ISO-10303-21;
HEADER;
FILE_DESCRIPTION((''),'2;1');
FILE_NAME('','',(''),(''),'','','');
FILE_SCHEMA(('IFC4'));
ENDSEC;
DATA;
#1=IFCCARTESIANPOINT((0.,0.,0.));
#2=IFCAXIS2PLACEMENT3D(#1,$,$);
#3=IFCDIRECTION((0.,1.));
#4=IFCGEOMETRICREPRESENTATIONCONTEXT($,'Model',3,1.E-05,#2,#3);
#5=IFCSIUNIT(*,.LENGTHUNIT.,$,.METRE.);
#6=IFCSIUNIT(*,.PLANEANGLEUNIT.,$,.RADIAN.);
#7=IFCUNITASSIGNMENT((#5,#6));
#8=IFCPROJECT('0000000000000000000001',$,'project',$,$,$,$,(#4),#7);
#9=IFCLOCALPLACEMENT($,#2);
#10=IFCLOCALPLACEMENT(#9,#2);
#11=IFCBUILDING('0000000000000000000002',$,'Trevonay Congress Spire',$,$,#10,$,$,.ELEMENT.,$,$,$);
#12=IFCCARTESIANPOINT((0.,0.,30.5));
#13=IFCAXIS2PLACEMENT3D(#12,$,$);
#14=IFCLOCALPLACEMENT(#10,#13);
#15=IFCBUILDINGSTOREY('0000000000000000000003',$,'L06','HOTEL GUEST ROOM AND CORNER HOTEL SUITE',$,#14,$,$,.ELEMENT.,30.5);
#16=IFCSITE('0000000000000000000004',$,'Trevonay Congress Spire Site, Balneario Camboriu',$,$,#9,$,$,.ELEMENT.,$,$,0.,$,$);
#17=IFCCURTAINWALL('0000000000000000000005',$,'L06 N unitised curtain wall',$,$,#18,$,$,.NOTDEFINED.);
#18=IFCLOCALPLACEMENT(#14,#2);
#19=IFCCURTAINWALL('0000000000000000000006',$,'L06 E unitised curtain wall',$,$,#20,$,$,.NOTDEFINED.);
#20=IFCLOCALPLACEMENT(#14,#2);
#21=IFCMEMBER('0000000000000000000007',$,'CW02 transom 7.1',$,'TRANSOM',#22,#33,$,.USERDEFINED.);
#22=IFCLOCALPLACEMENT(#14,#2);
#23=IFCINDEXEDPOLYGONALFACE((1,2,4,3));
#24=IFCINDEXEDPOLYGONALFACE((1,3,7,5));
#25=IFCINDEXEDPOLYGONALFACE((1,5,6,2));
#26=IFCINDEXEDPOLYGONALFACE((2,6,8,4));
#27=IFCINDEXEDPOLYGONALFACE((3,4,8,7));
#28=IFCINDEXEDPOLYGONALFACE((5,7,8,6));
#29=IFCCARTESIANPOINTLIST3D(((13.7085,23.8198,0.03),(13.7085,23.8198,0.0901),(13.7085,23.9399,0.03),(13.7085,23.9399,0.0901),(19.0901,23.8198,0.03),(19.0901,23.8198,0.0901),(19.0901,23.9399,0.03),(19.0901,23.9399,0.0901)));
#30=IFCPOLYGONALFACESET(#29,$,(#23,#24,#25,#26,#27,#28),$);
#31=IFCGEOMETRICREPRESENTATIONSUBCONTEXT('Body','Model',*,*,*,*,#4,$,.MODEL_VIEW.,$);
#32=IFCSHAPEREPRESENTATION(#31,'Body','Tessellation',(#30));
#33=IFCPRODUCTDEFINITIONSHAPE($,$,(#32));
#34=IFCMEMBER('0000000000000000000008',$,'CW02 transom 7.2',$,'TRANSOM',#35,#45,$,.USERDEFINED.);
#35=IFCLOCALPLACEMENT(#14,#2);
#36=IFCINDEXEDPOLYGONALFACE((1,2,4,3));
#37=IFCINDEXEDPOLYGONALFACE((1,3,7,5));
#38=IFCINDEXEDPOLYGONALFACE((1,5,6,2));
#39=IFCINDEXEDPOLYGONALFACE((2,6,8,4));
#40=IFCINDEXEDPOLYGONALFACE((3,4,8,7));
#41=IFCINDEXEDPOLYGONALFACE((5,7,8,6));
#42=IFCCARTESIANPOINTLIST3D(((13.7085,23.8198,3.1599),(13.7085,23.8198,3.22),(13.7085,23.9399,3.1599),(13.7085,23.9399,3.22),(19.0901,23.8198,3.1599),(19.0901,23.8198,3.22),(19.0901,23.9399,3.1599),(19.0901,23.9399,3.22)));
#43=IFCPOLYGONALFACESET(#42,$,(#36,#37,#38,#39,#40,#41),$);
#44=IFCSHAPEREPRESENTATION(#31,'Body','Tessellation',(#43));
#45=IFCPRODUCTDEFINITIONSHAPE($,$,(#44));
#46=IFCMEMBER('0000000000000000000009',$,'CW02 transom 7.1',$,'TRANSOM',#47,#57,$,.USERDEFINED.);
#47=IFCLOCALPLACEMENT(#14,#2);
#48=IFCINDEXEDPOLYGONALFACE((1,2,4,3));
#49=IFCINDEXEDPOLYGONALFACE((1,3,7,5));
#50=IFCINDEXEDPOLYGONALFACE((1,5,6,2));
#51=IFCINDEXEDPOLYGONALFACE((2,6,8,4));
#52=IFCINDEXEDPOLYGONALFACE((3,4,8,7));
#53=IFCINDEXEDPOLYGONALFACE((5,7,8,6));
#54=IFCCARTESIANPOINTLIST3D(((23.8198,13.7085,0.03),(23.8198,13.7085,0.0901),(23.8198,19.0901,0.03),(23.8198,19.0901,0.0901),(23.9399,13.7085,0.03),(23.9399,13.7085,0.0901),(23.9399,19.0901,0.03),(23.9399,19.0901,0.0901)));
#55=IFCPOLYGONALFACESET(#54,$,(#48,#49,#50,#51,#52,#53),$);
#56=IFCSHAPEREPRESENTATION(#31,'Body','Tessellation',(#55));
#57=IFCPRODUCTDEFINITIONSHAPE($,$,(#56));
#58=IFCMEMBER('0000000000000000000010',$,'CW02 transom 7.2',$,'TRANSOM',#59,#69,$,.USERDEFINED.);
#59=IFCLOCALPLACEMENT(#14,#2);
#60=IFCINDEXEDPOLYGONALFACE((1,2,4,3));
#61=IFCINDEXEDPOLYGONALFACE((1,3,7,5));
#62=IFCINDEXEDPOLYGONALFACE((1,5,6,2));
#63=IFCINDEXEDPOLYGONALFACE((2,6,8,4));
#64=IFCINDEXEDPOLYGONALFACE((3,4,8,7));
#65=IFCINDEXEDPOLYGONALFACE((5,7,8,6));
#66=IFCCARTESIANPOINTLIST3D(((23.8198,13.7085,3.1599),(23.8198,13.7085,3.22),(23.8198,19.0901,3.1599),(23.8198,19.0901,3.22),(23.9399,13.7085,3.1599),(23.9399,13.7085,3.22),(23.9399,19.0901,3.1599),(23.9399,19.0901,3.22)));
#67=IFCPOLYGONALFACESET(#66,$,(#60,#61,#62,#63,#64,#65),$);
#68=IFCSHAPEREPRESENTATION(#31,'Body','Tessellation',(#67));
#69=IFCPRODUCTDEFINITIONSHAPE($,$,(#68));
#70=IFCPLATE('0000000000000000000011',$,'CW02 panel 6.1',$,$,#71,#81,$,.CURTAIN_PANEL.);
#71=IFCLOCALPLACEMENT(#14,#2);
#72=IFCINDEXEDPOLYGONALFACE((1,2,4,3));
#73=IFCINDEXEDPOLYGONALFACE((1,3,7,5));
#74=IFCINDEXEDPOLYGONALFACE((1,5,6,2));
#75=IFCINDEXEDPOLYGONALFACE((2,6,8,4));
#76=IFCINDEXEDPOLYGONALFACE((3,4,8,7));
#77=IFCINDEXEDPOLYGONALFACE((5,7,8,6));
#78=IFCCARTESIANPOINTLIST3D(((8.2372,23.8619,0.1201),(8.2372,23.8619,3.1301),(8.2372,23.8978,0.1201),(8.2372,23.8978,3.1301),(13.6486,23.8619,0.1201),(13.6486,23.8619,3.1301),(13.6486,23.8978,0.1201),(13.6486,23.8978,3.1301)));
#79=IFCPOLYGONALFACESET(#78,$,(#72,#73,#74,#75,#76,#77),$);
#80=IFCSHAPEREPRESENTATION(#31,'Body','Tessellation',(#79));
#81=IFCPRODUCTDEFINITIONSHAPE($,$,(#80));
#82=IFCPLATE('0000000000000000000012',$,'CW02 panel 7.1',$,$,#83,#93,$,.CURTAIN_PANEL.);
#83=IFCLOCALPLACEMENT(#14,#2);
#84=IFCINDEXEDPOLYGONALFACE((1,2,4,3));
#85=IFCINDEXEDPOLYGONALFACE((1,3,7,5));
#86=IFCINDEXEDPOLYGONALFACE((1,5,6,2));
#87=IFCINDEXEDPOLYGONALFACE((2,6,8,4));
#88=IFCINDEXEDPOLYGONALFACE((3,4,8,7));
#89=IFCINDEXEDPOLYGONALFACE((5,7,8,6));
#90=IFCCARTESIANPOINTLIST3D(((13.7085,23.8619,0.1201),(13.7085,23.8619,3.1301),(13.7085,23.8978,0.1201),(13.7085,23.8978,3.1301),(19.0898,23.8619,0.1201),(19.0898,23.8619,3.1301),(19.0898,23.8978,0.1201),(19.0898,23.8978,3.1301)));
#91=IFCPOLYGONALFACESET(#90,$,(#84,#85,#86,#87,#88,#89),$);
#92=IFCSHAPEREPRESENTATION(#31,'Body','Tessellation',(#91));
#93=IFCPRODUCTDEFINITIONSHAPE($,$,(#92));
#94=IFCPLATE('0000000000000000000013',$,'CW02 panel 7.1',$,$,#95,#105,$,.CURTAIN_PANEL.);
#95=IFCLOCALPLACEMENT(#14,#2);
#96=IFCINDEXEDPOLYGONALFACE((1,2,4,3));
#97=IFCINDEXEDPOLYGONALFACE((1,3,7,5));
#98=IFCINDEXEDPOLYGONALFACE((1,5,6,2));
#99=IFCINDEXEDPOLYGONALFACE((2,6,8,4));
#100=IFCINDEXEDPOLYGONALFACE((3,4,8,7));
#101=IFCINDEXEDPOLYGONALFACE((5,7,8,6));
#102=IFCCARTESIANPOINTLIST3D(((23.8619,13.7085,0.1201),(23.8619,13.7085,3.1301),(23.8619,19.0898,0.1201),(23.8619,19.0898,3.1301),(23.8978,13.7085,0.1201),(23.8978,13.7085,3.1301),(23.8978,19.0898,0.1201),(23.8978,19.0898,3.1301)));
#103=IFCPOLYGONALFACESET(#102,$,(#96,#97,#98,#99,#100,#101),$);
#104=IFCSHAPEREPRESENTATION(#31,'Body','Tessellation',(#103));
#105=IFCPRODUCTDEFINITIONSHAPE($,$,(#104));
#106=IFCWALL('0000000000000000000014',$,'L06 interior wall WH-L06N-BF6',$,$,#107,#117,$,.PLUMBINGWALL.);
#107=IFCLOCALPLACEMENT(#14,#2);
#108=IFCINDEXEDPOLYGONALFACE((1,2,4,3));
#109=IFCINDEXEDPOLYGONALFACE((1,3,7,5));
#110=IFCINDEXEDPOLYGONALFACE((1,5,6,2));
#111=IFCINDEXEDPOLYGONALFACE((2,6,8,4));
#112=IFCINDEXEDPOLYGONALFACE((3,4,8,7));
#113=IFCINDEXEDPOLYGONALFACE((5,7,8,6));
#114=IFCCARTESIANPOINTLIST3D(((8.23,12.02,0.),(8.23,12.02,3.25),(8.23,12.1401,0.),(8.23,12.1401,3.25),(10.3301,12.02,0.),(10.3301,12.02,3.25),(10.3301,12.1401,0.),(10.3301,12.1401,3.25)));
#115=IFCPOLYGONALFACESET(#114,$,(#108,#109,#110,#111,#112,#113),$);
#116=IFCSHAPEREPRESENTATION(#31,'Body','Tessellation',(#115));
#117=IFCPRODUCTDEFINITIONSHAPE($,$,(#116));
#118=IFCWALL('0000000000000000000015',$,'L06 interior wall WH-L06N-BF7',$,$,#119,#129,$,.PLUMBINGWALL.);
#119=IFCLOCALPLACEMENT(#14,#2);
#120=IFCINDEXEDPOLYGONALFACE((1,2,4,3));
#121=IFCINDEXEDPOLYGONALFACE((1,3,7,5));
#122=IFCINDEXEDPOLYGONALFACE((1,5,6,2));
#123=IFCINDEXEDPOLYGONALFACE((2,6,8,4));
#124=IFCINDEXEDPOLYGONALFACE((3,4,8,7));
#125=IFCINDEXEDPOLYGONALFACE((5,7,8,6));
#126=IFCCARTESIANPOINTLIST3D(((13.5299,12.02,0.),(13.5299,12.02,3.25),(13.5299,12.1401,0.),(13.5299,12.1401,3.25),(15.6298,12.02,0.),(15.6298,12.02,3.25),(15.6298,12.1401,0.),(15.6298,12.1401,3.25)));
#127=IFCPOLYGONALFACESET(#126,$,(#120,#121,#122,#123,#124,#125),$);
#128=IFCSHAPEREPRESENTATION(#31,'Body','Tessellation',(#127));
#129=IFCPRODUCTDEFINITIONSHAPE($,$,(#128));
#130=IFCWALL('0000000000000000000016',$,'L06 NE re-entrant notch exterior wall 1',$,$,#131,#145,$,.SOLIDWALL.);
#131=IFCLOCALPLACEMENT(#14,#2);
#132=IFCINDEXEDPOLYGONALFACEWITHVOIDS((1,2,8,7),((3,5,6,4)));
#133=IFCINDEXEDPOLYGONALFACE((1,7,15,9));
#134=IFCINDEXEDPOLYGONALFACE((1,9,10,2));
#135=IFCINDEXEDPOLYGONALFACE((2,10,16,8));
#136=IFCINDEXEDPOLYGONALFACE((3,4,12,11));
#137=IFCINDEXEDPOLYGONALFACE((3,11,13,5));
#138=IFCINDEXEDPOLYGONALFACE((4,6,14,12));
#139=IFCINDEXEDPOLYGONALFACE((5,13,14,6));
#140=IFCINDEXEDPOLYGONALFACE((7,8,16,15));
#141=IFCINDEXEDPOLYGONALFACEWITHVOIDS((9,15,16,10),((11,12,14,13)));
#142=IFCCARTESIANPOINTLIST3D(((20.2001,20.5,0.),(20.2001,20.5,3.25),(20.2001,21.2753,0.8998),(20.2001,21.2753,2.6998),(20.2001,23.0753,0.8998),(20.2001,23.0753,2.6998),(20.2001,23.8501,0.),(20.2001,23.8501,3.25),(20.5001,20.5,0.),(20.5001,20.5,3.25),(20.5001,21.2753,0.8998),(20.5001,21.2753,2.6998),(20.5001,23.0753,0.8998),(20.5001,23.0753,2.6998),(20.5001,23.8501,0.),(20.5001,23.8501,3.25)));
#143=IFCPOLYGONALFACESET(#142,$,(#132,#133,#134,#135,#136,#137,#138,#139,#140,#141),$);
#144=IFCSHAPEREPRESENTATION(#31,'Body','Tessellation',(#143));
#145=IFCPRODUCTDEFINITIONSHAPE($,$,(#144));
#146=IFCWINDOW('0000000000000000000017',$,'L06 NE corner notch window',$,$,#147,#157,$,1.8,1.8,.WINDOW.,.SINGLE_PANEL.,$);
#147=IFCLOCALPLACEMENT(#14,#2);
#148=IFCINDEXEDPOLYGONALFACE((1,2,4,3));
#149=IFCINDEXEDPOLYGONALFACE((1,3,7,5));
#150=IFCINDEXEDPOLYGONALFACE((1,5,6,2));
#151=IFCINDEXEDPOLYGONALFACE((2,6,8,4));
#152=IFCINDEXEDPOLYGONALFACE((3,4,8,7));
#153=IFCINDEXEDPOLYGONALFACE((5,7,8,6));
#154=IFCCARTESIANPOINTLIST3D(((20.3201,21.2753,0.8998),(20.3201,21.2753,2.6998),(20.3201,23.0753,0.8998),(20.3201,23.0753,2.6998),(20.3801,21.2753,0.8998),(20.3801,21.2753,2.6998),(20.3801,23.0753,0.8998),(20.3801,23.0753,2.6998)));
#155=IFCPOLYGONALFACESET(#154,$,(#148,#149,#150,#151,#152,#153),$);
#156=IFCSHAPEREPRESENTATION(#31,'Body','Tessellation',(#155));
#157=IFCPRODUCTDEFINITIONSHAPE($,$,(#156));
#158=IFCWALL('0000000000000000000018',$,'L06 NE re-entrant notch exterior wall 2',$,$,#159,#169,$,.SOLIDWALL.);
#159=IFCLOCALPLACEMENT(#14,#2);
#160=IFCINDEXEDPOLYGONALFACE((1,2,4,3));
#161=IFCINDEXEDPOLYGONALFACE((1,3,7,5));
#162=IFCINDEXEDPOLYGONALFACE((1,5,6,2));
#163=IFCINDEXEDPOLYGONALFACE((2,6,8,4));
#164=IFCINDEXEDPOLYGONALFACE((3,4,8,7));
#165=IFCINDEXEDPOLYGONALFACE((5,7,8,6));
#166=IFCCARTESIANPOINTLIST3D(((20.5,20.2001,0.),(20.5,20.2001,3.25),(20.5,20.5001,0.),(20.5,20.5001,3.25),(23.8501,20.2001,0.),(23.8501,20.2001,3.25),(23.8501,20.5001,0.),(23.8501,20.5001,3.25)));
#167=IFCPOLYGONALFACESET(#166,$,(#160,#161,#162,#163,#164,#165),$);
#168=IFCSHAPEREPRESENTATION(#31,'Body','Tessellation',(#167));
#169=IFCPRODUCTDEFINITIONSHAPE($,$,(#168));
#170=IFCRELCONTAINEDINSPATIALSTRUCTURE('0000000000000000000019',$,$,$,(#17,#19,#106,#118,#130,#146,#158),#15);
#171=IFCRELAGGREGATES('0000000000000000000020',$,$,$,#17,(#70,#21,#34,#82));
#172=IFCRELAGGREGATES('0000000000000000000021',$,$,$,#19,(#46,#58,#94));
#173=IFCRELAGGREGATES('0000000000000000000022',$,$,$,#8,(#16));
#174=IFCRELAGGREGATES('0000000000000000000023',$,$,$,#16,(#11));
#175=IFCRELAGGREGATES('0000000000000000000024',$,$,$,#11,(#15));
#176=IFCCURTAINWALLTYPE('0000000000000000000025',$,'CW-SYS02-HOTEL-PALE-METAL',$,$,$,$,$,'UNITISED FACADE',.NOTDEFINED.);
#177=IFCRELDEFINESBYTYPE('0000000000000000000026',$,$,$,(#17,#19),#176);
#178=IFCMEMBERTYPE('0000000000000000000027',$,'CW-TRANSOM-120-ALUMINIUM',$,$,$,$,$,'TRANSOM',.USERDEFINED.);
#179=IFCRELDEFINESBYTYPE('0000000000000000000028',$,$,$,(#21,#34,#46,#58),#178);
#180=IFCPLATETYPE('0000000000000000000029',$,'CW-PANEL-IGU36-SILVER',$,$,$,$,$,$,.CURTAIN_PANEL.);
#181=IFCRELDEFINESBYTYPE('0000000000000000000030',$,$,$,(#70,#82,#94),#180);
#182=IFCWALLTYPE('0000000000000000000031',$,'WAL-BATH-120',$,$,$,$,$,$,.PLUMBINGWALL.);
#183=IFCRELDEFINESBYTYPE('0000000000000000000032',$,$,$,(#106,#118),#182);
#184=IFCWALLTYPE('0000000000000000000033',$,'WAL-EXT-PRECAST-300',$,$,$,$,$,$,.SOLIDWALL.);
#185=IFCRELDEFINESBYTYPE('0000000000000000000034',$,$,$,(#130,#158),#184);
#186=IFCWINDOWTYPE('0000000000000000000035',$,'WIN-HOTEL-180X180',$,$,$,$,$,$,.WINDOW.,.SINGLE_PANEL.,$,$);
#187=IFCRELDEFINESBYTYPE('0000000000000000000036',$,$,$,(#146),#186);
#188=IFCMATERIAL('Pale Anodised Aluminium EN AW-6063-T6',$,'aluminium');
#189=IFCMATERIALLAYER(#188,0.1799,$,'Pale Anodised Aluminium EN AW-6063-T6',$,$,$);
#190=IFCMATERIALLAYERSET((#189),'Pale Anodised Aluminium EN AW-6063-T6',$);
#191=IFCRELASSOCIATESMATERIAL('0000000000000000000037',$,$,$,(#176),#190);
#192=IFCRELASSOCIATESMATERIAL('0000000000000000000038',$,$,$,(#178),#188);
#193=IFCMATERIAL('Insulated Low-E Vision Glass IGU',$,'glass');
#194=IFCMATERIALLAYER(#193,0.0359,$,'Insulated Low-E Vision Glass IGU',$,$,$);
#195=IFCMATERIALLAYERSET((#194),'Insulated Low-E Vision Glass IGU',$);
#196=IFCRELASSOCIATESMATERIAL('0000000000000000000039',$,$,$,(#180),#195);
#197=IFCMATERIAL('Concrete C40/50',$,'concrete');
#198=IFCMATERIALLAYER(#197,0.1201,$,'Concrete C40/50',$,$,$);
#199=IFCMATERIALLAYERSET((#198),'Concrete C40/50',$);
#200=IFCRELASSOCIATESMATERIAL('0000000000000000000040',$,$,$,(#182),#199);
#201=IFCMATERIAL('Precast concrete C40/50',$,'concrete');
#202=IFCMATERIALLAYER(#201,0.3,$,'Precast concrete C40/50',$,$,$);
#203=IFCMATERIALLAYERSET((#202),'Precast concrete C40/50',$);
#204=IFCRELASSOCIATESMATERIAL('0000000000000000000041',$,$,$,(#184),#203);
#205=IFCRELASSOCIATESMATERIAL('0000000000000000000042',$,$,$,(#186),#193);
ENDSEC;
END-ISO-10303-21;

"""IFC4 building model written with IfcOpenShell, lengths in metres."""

from ifc_helpers import new_model, si_unit, direction, frame, frame_2d, origin, origin_2d, place, context, subcontext, project, spatial, rectangle, extrude, material, layer, layer_set, material_profile, profile_set, type_object, element, fill, aggregate, save


model = new_model("IFC4")

# Units and contexts
model_context = context("Model", 3, precision=1e-05, world=origin(), true_north=direction((0.0, 1.0)))
body_context = subcontext(model_context, "Body", "Model", "MODEL_VIEW")
ifc_project = project(units=[si_unit("LENGTHUNIT", "METRE"), si_unit("PLANEANGLEUNIT", "RADIAN")], contexts=[model_context])

# Site, building, storey
site_placement = place(None, origin())
site = spatial("IfcSite", under=ifc_project, at=site_placement, Name="Trevonay Congress Spire Site, Balneario Camboriu", CompositionType="ELEMENT", RefElevation=0.0)
building_placement = place(site_placement, origin())
building = spatial("IfcBuilding", under=site, at=building_placement, Name="Trevonay Congress Spire", CompositionType="ELEMENT")
storey_placement = place(building_placement, frame((0.0, 0.0, 30.5)))
storey = spatial("IfcBuildingStorey", under=building, at=storey_placement, Name="L06", Description="HOTEL GUEST ROOM AND CORNER HOTEL SUITE", CompositionType="ELEMENT", Elevation=30.5)

# Curtain walls
ifc_material_1 = material(Name="Pale Anodised Aluminium EN AW-6063-T6", Category="aluminium")
ifc_layer_1 = layer(ifc_material_1, 0.1799, Name="Pale Anodised Aluminium EN AW-6063-T6")
ifc_layer_set_1 = layer_set([ifc_layer_1], Name="Pale Anodised Aluminium EN AW-6063-T6")
curtain_wall_type = type_object("IfcCurtainWallType", Name="CW-SYS02-HOTEL-PALE-METAL", ElementType="UNITISED FACADE", PredefinedType="NOTDEFINED", material=ifc_layer_set_1)
curtain_wall_1_placement = place(storey_placement, origin())
curtain_wall_1 = element("IfcCurtainWall", 1, at=curtain_wall_1_placement, inside=storey, type_object=curtain_wall_type, Name="L06 N unitised curtain wall", PredefinedType="NOTDEFINED")
curtain_wall_2_placement = place(storey_placement, origin())
curtain_wall_2 = element("IfcCurtainWall", 2, at=curtain_wall_2_placement, inside=storey, type_object=curtain_wall_type, Name="L06 E unitised curtain wall", PredefinedType="NOTDEFINED")

# Members
ifc_material_profile_1 = material_profile(ifc_material_1, rectangle(XDim=0.1201, YDim=0.0601, at=origin_2d()), Name="CW-TRANSOM-120-ALUMINIUM")
ifc_profile_set_1 = profile_set([ifc_material_profile_1], Name="Pale Anodised Aluminium EN AW-6063-T6")
member_type_1 = type_object("IfcMemberType", Name="CW-TRANSOM-120-ALUMINIUM", ElementType="TRANSOM", PredefinedType="USERDEFINED", material=ifc_profile_set_1)
member_1_placement = place(storey_placement, frame((13.7085, 23.8799, 0.0601), z_axis=(1.0, 0.0, 0.0), x_axis=(0.0, 1.0, 0.0)))
member_1 = element("IfcMember", 3, at=member_1_placement, type_object=member_type_1, Name="CW02 transom 7.1", ObjectType="TRANSOM", PredefinedType="USERDEFINED", context=body_context, shape_type="SweptSolid", body=[
    extrude(rectangle(XDim=0.1201, YDim=0.0601, at=origin_2d()), origin(), (0.0, 0.0, 1.0), 5.3816),
])
member_2_placement = place(storey_placement, frame((13.7085, 23.8799, 3.1899), z_axis=(1.0, 0.0, 0.0), x_axis=(0.0, 1.0, 0.0)))
member_2 = element("IfcMember", 4, at=member_2_placement, type_object=member_type_1, Name="CW02 transom 7.2", ObjectType="TRANSOM", PredefinedType="USERDEFINED", context=body_context, shape_type="SweptSolid", body=[
    extrude(rectangle(XDim=0.1201, YDim=0.0601, at=origin_2d()), origin(), (0.0, 0.0, 1.0), 5.3816),
])
member_3_placement = place(storey_placement, frame((23.8799, 13.7085, 0.0601), z_axis=(0.0, 1.0, 0.0), x_axis=(-1.0, 0.0, 0.0)))
member_3 = element("IfcMember", 5, at=member_3_placement, type_object=member_type_1, Name="CW02 transom 7.1", ObjectType="TRANSOM", PredefinedType="USERDEFINED", context=body_context, shape_type="SweptSolid", body=[
    extrude(rectangle(XDim=0.1201, YDim=0.0601, at=origin_2d()), origin(), (0.0, 0.0, 1.0), 5.3816),
])
member_4_placement = place(storey_placement, frame((23.8799, 13.7085, 3.1899), z_axis=(0.0, 1.0, 0.0), x_axis=(-1.0, 0.0, 0.0)))
member_4 = element("IfcMember", 6, at=member_4_placement, type_object=member_type_1, Name="CW02 transom 7.2", ObjectType="TRANSOM", PredefinedType="USERDEFINED", context=body_context, shape_type="SweptSolid", body=[
    extrude(rectangle(XDim=0.1201, YDim=0.0601, at=origin_2d()), origin(), (0.0, 0.0, 1.0), 5.3816),
])

# Plates
ifc_material_2 = material(Name="Insulated Low-E Vision Glass IGU", Category="glass")
ifc_layer_2 = layer(ifc_material_2, 0.0359, Name="Insulated Low-E Vision Glass IGU")
ifc_layer_set_2 = layer_set([ifc_layer_2], Name="Insulated Low-E Vision Glass IGU")
plate_type = type_object("IfcPlateType", Name="CW-PANEL-IGU36-SILVER", PredefinedType="CURTAIN_PANEL", material=ifc_layer_set_2)
plate_1_placement = place(storey_placement, frame((10.9429, 23.8799, 0.1201), z_axis=(0.0, 0.0, 1.0), x_axis=(1.0, 0.0, 0.0)))
plate_1 = element("IfcPlate", 7, at=plate_1_placement, type_object=plate_type, Name="CW02 panel 6.1", PredefinedType="CURTAIN_PANEL", context=body_context, shape_type="SweptSolid", body=[
    extrude(rectangle(XDim=5.4114, YDim=0.0359, at=origin_2d()), origin(), (0.0, 0.0, 1.0), 3.01),
])
plate_2_placement = place(storey_placement, frame((16.3992, 23.8799, 0.1201), z_axis=(0.0, 0.0, 1.0), x_axis=(1.0, 0.0, 0.0)))
plate_2 = element("IfcPlate", 8, at=plate_2_placement, type_object=plate_type, Name="CW02 panel 7.1", PredefinedType="CURTAIN_PANEL", context=body_context, shape_type="SweptSolid", body=[
    extrude(rectangle(XDim=5.3813, YDim=0.0359, at=origin_2d()), origin(), (0.0, 0.0, 1.0), 3.01),
])
aggregate(curtain_wall_1, [plate_1, member_1, member_2, plate_2])
plate_3_placement = place(storey_placement, frame((23.8799, 16.3992, 0.1201), z_axis=(0.0, 0.0, 1.0), x_axis=(0.0, 1.0, 0.0)))
plate_3 = element("IfcPlate", 9, at=plate_3_placement, type_object=plate_type, Name="CW02 panel 7.1", PredefinedType="CURTAIN_PANEL", context=body_context, shape_type="SweptSolid", body=[
    extrude(rectangle(XDim=5.3813, YDim=0.0359, at=origin_2d()), origin(), (0.0, 0.0, 1.0), 3.01),
])
aggregate(curtain_wall_2, [member_3, member_4, plate_3])

# Walls
ifc_material_3 = material(Name="Concrete C40/50", Category="concrete")
ifc_layer_3 = layer(ifc_material_3, 0.1201, Name="Concrete C40/50")
ifc_layer_set_3 = layer_set([ifc_layer_3], Name="Concrete C40/50")
wall_type_1 = type_object("IfcWallType", Name="WAL-BATH-120", PredefinedType="PLUMBINGWALL", material=ifc_layer_set_3)
wall_1_placement = place(storey_placement, frame((8.23, 12.0801, 0.0), z_axis=(0.0, 0.0, 1.0), x_axis=(1.0, 0.0, 0.0)))
element("IfcWall", 10, at=wall_1_placement, inside=storey, type_object=wall_type_1, Name="L06 interior wall WH-L06N-BF6", PredefinedType="PLUMBINGWALL", context=body_context, shape_type="SweptSolid", body=[
    extrude(rectangle(XDim=2.1001, YDim=0.1201, at=frame_2d((1.05, 0.0))), origin(), (0.0, 0.0, 1.0), 3.25),
])
wall_2_placement = place(storey_placement, frame((13.53, 12.0801, 0.0), z_axis=(0.0, 0.0, 1.0), x_axis=(1.0, 0.0, 0.0)))
element("IfcWall", 11, at=wall_2_placement, inside=storey, type_object=wall_type_1, Name="L06 interior wall WH-L06N-BF7", PredefinedType="PLUMBINGWALL", context=body_context, shape_type="SweptSolid", body=[
    extrude(rectangle(XDim=2.0999, YDim=0.1201, at=frame_2d((1.0498, 0.0))), origin(), (0.0, 0.0, 1.0), 3.25),
])

# Wall, opening, window
ifc_material_4 = material(Name="Precast concrete C40/50", Category="concrete")
ifc_layer_4 = layer(ifc_material_4, 0.3, Name="Precast concrete C40/50")
ifc_layer_set_4 = layer_set([ifc_layer_4], Name="Precast concrete C40/50")
wall_type_2 = type_object("IfcWallType", Name="WAL-EXT-PRECAST-300", PredefinedType="SOLIDWALL", material=ifc_layer_set_4)
wall_3_placement = place(storey_placement, frame((20.3501, 23.8501, 0.0), z_axis=(0.0, 0.0, 1.0), x_axis=(0.0, -1.0, 0.0)))
wall_3 = element("IfcWall", 12, at=wall_3_placement, inside=storey, type_object=wall_type_2, Name="L06 NE re-entrant notch exterior wall 1", PredefinedType="SOLIDWALL", context=body_context, shape_type="SweptSolid", body=[
    extrude(rectangle(XDim=3.3501, YDim=0.3, at=frame_2d((1.675, 0.0))), origin(), (0.0, 0.0, 1.0), 3.25),
])
opening_placement = place(wall_3_placement, frame((0.7749, 0.0, 0.8999)))
opening = element("IfcOpeningElement", 13, at=opening_placement, cuts=wall_3, PredefinedType="OPENING", context=body_context, shape_type="SweptSolid", body=[
    extrude(rectangle(XDim=1.8, YDim=1.8, at=frame_2d((0.8999, 0.8999))), frame((0.0, 0.1602, 0.0), z_axis=(0.0, -1.0, 0.0), x_axis=(1.0, 0.0, 0.0)), (0.0, 0.0, 1.0), 0.3201),
])
window_type = type_object("IfcWindowType", Name="WIN-HOTEL-180X180", PartitioningType="SINGLE_PANEL", PredefinedType="WINDOW", material=ifc_material_2)
window_placement = place(opening_placement, origin())
window = element("IfcWindow", 14, at=window_placement, inside=storey, type_object=window_type, Name="L06 NE corner notch window", OverallHeight=1.8, OverallWidth=1.8, PartitioningType="SINGLE_PANEL", PredefinedType="WINDOW", context=body_context, shape_type="SweptSolid", body=[
    extrude(rectangle(XDim=1.8, YDim=1.8, at=frame_2d((0.8999, 0.8999))), frame((0.0, 0.03, 0.0), z_axis=(0.0, -1.0, 0.0), x_axis=(1.0, 0.0, 0.0)), (0.0, 0.0, 1.0), 0.0601),
])
fill(opening, window)

# Wall
wall_4_placement = place(storey_placement, frame((23.8501, 20.3501, 0.0), z_axis=(0.0, 0.0, 1.0), x_axis=(-1.0, 0.0, 0.0)))
element("IfcWall", 15, at=wall_4_placement, inside=storey, type_object=wall_type_2, Name="L06 NE re-entrant notch exterior wall 2", PredefinedType="SOLIDWALL", context=body_context, shape_type="SweptSolid", body=[
    extrude(rectangle(XDim=3.3501, YDim=0.3, at=frame_2d((1.675, 0.0))), origin(), (0.0, 0.0, 1.0), 3.25),
])

save(model, "model.ifc")
